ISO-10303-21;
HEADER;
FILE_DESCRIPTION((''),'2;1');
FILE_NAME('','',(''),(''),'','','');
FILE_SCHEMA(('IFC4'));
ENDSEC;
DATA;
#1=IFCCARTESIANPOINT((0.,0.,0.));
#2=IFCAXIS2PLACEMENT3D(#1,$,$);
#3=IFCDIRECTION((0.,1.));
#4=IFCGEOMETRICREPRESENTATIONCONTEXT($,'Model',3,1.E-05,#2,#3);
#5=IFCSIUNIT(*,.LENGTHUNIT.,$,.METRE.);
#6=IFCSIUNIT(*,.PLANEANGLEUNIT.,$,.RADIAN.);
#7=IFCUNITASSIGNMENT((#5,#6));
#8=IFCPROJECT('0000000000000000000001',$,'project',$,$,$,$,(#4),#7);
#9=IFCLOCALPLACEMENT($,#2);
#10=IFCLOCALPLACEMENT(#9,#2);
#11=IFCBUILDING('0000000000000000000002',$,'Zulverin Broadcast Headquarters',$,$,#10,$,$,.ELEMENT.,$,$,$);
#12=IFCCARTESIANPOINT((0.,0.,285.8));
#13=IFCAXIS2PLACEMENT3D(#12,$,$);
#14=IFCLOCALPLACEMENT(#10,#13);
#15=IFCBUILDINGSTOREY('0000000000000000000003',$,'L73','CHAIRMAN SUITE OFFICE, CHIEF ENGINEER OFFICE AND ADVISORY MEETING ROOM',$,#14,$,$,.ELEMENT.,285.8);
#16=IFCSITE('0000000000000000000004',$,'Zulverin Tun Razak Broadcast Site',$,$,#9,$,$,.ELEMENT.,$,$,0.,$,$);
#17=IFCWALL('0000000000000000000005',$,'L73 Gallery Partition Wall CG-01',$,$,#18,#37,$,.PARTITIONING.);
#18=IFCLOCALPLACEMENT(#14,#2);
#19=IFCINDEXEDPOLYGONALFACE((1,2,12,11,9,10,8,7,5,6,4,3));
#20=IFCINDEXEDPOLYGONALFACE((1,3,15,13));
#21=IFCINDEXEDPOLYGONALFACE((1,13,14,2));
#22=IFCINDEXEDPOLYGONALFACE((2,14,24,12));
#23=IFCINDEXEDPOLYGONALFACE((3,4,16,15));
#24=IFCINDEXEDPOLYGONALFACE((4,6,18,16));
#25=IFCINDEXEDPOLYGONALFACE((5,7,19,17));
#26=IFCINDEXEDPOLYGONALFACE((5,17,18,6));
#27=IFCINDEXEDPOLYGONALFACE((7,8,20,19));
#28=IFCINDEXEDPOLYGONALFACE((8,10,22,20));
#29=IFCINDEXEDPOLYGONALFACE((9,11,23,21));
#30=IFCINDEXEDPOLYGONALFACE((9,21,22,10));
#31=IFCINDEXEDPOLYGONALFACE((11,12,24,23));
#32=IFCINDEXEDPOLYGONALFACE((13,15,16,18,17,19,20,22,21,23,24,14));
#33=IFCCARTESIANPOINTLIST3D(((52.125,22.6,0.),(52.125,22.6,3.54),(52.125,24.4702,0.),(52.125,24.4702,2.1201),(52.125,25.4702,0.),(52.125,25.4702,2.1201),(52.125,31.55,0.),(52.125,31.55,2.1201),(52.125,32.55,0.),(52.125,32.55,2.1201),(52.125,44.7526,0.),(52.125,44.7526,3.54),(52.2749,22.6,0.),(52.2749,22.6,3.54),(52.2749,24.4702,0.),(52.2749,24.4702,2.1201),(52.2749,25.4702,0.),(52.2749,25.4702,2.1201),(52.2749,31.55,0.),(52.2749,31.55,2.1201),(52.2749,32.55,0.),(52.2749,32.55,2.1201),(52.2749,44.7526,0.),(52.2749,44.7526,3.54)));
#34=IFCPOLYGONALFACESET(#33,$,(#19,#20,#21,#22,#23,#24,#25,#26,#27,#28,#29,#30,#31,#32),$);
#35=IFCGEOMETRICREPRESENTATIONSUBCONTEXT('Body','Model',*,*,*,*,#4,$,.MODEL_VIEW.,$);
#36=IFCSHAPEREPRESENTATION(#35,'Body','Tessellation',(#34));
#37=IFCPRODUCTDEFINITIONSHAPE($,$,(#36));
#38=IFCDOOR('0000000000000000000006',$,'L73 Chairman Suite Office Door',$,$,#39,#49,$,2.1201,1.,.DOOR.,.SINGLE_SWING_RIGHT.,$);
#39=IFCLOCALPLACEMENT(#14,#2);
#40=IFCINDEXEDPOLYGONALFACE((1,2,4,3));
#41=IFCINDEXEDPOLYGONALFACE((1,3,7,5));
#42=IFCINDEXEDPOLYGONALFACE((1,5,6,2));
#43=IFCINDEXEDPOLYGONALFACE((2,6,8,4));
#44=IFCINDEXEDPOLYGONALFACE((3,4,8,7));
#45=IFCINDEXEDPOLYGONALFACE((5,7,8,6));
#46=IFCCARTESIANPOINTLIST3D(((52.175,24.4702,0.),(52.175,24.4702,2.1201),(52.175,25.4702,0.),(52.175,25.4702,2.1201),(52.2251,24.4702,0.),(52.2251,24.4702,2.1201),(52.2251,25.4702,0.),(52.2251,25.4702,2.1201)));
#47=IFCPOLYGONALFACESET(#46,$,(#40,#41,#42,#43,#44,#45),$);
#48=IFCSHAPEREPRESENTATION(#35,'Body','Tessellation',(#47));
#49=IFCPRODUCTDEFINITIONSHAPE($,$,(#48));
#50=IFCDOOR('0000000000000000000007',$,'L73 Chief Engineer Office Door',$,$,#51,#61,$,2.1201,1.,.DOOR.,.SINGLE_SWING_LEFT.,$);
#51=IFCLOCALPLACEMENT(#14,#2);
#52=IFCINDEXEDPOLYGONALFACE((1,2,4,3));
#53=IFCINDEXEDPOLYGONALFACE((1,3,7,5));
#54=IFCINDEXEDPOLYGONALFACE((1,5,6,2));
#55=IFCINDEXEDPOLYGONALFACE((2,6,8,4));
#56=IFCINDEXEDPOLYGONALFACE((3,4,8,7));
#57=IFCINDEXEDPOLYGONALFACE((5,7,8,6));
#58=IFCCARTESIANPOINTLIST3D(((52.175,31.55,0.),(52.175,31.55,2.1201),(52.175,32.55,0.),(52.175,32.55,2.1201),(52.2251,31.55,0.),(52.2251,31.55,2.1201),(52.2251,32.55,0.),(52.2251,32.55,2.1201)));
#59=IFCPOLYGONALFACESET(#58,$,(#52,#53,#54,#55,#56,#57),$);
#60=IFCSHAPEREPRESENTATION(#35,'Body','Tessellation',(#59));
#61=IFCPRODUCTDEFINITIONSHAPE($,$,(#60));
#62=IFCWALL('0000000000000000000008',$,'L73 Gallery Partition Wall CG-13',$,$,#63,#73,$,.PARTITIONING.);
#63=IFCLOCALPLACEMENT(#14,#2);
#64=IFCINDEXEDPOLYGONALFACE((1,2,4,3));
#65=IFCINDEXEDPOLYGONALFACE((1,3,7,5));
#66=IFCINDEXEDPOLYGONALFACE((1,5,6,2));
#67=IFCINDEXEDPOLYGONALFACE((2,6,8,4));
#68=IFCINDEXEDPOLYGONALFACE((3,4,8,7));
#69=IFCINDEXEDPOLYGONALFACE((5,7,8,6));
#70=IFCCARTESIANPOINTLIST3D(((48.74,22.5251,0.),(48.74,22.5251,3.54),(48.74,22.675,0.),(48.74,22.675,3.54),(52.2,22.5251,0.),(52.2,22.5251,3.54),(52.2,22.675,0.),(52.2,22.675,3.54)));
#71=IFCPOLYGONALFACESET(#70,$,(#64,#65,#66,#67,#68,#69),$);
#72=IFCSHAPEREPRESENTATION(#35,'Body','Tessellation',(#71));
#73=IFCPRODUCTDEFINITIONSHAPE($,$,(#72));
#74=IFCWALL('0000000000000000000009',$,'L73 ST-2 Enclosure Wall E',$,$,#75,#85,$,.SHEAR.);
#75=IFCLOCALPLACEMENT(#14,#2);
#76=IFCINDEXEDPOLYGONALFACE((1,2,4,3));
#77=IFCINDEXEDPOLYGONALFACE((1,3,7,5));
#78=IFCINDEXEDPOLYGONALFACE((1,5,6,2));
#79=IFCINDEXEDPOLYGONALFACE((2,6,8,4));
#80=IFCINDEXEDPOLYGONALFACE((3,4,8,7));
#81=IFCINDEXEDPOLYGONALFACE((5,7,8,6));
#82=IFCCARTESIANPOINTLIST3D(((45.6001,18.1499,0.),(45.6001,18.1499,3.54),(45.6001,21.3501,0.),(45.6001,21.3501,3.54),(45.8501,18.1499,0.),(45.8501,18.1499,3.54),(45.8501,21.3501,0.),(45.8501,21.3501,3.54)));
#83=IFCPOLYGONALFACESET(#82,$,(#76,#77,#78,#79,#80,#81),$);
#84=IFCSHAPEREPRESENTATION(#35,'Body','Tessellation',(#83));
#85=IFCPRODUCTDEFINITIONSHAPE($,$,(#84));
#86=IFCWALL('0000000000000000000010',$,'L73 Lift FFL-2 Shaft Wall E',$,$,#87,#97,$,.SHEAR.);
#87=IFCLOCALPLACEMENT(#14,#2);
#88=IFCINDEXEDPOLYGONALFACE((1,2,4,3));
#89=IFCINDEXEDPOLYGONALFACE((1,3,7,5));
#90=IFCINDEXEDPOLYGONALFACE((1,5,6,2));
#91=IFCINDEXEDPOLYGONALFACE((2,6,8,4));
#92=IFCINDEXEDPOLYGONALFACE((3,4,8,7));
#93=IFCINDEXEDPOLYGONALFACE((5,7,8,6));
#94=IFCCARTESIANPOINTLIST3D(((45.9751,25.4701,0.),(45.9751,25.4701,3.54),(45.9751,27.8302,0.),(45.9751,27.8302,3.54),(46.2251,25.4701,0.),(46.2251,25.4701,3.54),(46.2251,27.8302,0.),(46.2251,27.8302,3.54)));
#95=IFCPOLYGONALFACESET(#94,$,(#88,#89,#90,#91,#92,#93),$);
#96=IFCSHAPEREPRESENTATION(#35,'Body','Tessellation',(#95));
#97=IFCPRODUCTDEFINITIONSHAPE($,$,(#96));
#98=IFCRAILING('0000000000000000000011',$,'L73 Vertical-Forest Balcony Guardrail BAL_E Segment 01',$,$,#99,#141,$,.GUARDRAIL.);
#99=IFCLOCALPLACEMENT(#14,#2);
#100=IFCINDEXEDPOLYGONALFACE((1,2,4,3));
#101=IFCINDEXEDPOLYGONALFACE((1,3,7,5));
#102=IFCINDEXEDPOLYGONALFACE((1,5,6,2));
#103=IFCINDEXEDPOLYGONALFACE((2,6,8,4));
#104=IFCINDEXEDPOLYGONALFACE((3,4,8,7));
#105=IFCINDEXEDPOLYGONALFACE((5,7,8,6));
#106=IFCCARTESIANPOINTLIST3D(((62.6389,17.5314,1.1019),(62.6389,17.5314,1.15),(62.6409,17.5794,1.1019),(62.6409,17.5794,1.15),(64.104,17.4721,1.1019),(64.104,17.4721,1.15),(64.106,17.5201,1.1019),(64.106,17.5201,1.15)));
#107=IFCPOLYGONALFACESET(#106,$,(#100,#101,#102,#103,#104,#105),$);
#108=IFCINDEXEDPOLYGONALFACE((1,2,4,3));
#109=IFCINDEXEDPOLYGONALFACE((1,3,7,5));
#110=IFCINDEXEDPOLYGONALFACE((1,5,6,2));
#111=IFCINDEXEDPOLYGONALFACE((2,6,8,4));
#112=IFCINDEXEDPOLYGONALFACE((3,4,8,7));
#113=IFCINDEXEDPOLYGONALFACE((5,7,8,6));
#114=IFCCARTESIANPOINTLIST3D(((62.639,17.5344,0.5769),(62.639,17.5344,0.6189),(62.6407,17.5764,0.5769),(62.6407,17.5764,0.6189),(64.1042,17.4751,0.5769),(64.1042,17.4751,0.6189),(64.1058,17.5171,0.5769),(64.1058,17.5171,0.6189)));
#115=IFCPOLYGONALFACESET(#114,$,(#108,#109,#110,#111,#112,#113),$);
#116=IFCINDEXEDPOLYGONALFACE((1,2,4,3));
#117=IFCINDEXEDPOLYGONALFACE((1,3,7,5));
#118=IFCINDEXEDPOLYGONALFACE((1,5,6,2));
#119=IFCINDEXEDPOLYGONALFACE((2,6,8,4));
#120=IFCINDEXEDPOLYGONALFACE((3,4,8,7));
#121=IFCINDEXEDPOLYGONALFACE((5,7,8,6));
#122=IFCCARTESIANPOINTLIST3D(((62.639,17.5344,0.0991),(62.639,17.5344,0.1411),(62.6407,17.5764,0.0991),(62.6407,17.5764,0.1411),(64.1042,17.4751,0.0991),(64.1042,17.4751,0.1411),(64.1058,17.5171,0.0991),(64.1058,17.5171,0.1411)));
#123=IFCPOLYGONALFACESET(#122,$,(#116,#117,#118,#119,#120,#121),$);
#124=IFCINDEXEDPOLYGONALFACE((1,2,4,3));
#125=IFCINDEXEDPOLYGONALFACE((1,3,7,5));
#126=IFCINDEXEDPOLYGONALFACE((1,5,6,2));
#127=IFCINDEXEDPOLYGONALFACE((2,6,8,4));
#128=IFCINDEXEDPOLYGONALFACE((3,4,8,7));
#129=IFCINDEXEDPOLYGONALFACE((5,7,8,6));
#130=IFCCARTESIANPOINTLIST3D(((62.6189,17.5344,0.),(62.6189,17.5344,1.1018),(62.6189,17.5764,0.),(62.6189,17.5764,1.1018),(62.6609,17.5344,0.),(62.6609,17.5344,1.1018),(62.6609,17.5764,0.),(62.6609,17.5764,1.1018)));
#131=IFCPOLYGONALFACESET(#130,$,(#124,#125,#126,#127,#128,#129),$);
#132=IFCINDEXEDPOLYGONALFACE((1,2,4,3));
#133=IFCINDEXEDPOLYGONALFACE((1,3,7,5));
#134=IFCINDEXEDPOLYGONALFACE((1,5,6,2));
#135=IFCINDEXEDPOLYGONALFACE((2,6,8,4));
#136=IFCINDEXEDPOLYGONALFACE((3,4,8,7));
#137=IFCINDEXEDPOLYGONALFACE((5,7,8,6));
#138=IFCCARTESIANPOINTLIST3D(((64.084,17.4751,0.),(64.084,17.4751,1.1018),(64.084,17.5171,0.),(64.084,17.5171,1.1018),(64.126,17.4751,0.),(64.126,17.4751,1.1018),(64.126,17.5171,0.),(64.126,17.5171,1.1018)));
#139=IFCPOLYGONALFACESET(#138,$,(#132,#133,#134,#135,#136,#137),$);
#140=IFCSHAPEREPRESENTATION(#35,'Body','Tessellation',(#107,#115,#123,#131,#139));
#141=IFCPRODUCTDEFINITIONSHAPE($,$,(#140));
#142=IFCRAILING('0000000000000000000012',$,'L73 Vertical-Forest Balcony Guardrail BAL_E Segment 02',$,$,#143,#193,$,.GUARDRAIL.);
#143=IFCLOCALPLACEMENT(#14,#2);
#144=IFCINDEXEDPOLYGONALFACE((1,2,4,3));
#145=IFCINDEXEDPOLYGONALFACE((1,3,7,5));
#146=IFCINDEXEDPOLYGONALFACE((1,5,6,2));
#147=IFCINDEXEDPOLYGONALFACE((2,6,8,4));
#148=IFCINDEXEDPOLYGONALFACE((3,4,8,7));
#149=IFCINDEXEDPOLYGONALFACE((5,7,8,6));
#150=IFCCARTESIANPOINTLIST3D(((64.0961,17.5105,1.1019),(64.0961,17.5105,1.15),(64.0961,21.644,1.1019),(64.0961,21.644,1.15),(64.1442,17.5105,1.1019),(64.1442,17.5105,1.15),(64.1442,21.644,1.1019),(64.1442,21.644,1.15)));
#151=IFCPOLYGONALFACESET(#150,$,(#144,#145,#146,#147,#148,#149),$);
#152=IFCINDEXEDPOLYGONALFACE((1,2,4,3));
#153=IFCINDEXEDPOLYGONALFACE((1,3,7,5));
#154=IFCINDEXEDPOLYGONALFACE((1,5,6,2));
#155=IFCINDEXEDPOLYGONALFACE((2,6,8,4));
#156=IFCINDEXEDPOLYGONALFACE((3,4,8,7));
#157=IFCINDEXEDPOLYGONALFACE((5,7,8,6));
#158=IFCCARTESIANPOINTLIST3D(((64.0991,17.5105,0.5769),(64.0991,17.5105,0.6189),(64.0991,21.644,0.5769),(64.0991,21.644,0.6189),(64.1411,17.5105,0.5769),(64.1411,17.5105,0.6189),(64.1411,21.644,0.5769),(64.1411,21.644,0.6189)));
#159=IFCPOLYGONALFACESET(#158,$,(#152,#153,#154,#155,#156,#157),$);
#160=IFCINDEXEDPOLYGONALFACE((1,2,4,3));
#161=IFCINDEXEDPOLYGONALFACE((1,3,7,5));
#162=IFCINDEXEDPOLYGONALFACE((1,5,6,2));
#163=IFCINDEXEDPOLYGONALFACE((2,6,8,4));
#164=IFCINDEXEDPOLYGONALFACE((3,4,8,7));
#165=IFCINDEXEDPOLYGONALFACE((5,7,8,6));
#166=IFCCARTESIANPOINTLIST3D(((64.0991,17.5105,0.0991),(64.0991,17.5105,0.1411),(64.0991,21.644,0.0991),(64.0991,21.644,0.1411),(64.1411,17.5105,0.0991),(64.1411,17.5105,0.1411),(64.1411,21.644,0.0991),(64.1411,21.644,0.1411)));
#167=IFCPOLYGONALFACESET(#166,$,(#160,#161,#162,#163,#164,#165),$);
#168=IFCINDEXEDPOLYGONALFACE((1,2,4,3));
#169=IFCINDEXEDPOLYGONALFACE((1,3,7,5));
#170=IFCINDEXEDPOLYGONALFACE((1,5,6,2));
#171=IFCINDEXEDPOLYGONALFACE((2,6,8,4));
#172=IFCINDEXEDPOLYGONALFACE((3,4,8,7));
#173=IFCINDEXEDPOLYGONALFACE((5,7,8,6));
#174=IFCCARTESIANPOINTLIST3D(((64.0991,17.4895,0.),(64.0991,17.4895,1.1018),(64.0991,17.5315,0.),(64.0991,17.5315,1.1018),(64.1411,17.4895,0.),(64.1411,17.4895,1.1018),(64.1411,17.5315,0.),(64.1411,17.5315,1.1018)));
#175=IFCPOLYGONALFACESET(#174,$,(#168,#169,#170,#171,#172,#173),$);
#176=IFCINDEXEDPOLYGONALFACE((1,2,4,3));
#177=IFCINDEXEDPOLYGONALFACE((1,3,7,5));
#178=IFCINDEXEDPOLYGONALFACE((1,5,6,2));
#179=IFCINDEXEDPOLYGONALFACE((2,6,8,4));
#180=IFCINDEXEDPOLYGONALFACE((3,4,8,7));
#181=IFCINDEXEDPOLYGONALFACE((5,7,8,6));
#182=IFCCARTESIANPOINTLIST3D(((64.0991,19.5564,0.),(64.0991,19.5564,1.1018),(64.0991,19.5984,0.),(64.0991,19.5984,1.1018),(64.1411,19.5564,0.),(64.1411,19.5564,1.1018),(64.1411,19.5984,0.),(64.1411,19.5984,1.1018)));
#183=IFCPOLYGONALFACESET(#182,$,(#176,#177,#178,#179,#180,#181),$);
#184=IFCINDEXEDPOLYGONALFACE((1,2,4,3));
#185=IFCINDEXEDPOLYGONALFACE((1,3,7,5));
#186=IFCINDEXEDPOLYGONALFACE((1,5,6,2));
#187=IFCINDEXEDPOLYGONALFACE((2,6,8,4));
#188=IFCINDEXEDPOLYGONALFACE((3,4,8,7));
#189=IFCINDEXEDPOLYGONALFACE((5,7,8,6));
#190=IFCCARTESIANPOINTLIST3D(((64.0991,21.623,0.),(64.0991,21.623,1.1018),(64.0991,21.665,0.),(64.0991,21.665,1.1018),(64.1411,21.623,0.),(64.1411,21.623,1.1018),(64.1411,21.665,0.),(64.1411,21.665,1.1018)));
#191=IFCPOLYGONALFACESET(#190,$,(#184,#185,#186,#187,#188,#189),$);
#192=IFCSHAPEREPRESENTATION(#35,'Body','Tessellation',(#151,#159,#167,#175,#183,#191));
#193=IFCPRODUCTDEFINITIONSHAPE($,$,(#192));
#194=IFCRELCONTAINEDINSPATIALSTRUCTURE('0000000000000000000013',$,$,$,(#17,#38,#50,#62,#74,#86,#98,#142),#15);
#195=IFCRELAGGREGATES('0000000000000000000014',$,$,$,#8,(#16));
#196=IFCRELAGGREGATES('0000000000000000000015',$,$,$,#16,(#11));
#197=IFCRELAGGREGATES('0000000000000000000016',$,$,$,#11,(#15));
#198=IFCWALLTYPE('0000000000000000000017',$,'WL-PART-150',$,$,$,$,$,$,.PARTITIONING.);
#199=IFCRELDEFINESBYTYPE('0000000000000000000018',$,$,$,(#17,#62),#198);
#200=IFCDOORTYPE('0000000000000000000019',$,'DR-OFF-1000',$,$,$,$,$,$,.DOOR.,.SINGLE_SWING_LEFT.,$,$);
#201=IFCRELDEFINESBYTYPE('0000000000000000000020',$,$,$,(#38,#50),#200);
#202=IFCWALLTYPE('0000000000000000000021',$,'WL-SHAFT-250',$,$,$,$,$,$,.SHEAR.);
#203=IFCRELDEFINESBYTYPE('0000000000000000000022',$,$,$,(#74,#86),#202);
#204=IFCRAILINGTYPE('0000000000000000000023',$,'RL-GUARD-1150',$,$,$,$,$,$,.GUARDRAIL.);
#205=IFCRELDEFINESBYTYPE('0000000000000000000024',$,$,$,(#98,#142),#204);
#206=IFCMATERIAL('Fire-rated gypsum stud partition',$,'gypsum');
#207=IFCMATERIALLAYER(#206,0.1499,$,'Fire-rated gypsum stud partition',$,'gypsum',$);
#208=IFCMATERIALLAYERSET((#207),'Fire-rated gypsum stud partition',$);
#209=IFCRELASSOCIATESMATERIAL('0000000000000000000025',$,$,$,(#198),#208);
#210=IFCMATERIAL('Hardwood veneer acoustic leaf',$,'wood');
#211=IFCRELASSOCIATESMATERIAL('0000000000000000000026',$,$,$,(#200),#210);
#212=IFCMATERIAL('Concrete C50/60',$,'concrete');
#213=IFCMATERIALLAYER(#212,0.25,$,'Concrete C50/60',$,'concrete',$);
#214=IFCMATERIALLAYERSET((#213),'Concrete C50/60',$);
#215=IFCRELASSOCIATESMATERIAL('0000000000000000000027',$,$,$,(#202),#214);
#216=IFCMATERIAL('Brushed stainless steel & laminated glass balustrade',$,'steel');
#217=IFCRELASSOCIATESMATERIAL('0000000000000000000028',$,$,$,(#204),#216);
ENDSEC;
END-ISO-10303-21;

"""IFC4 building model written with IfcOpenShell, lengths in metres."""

from ifc_helpers import new_model, si_unit, direction, frame, frame_2d, origin, origin_2d, place, context, subcontext, project, spatial, rectangle, extrude, material, layer, layer_set, type_object, element, fill, save


model = new_model("IFC4")

# Units and contexts
model_context = context("Model", 3, precision=1e-05, world=origin(), true_north=direction((0.0, 1.0)))
body_context = subcontext(model_context, "Body", "Model", "MODEL_VIEW")
ifc_project = project(units=[si_unit("LENGTHUNIT", "METRE"), si_unit("PLANEANGLEUNIT", "RADIAN")], contexts=[model_context])

# Site, building, storey
site_placement = place(None, origin())
site = spatial("IfcSite", under=ifc_project, at=site_placement, Name="Zulverin Tun Razak Broadcast Site", CompositionType="ELEMENT", RefElevation=0.0)
building_placement = place(site_placement, origin())
building = spatial("IfcBuilding", under=site, at=building_placement, Name="Zulverin Broadcast Headquarters", CompositionType="ELEMENT")
storey_placement = place(building_placement, frame((0.0, 0.0, 285.8)))
storey = spatial("IfcBuildingStorey", under=building, at=storey_placement, Name="L73", Description="CHAIRMAN SUITE OFFICE, CHIEF ENGINEER OFFICE AND ADVISORY MEETING ROOM", CompositionType="ELEMENT", Elevation=285.8)

# Shared definitions
ifc_material_1 = material(Name="Concrete C50/60", Category="concrete")

# Wall, openings, doors
ifc_material_2 = material(Name="Fire-rated gypsum stud partition", Category="gypsum")
ifc_layer_1 = layer(ifc_material_2, 0.1499, Name="Fire-rated gypsum stud partition", Category="gypsum")
ifc_layer_set_1 = layer_set([ifc_layer_1], Name="Fire-rated gypsum stud partition")
wall_type_1 = type_object("IfcWallType", Name="WL-PART-150", PredefinedType="PARTITIONING", material=ifc_layer_set_1)
wall_1_placement = place(storey_placement, frame((52.2, 22.6001, 0.0), z_axis=(0.0, 0.0, 1.0), x_axis=(0.0, 1.0, 0.0)))
wall_1 = element("IfcWall", 1, at=wall_1_placement, inside=storey, type_object=wall_type_1, Name="L73 Gallery Partition Wall CG-01", PredefinedType="PARTITIONING", context=body_context, shape_type="SweptSolid", body=[
    extrude(rectangle(XDim=22.1526, YDim=0.1499, at=frame_2d((11.0762, 0.0))), origin(), (0.0, 0.0, 1.0), 3.54),
])
opening_1_placement = place(wall_1_placement, frame((1.8701, 0.0, 0.0)))
opening_1 = element("IfcOpeningElement", 2, at=opening_1_placement, cuts=wall_1, PredefinedType="OPENING", context=body_context, shape_type="SweptSolid", body=[
    extrude(rectangle(XDim=1.0, YDim=2.1201, at=frame_2d((0.5, 1.0601))), frame((0.0, 0.085, 0.0), z_axis=(0.0, -1.0, 0.0), x_axis=(1.0, 0.0, 0.0)), (0.0, 0.0, 1.0), 0.1699),
])
opening_2_placement = place(wall_1_placement, frame((8.95, 0.0, 0.0)))
opening_2 = element("IfcOpeningElement", 3, at=opening_2_placement, cuts=wall_1, PredefinedType="OPENING", context=body_context, shape_type="SweptSolid", body=[
    extrude(rectangle(XDim=1.0, YDim=2.1201, at=frame_2d((0.5, 1.0601))), frame((0.0, 0.085, 0.0), z_axis=(0.0, -1.0, 0.0), x_axis=(1.0, 0.0, 0.0)), (0.0, 0.0, 1.0), 0.1699),
])
ifc_material_3 = material(Name="Hardwood veneer acoustic leaf", Category="wood")
door_type_1 = type_object("IfcDoorType", Name="DR-OFF-1000", OperationType="SINGLE_SWING_LEFT", PredefinedType="DOOR", material=ifc_material_3)
door_1_placement = place(opening_1_placement, origin())
door_1 = element("IfcDoor", 4, at=door_1_placement, inside=storey, type_object=door_type_1, Name="L73 Chairman Suite Office Door", OperationType="SINGLE_SWING_RIGHT", OverallHeight=2.1201, OverallWidth=1.0, PredefinedType="DOOR", context=body_context, shape_type="SweptSolid", body=[
    extrude(rectangle(XDim=1.0, YDim=2.1201, at=frame_2d((0.5, 1.0601))), frame((0.0, 0.0249, 0.0), z_axis=(0.0, -1.0, 0.0), x_axis=(1.0, 0.0, 0.0)), (0.0, 0.0, 1.0), 0.05),
])
fill(opening_1, door_1)
door_2_placement = place(opening_2_placement, origin())
door_2 = element("IfcDoor", 5, at=door_2_placement, inside=storey, type_object=door_type_1, Name="L73 Chief Engineer Office Door", OperationType="SINGLE_SWING_LEFT", OverallHeight=2.1201, OverallWidth=1.0, PredefinedType="DOOR", context=body_context, shape_type="SweptSolid", body=[
    extrude(rectangle(XDim=1.0, YDim=2.1201, at=frame_2d((0.5, 1.0601))), frame((0.0, 0.0249, 0.0), z_axis=(0.0, -1.0, 0.0), x_axis=(1.0, 0.0, 0.0)), (0.0, 0.0, 1.0), 0.05),
])
fill(opening_2, door_2)

# Walls
wall_2_placement = place(storey_placement, frame((48.74, 22.6001, 0.0), z_axis=(0.0, 0.0, 1.0), x_axis=(1.0, 0.0, 0.0)))
element("IfcWall", 6, at=wall_2_placement, inside=storey, type_object=wall_type_1, Name="L73 Gallery Partition Wall CG-13", PredefinedType="PARTITIONING", context=body_context, shape_type="SweptSolid", body=[
    extrude(rectangle(XDim=3.46, YDim=0.1499, at=frame_2d((1.73, 0.0))), origin(), (0.0, 0.0, 1.0), 3.54),
])
ifc_layer_2 = layer(ifc_material_1, 0.25, Name="Concrete C50/60", Category="concrete")
ifc_layer_set_2 = layer_set([ifc_layer_2], Name="Concrete C50/60")
wall_type_2 = type_object("IfcWallType", Name="WL-SHAFT-250", PredefinedType="SHEAR", material=ifc_layer_set_2)
wall_3_placement = place(storey_placement, frame((45.7251, 18.1499, 0.0), z_axis=(0.0, 0.0, 1.0), x_axis=(0.0, 1.0, 0.0)))
element("IfcWall", 7, at=wall_3_placement, inside=storey, type_object=wall_type_2, Name="L73 ST-2 Enclosure Wall E", PredefinedType="SHEAR", context=body_context, shape_type="SweptSolid", body=[
    extrude(rectangle(XDim=3.2002, YDim=0.25, at=frame_2d((1.6001, 0.0))), origin(), (0.0, 0.0, 1.0), 3.54),
])
wall_4_placement = place(storey_placement, frame((46.1001, 25.47, 0.0), z_axis=(0.0, 0.0, 1.0), x_axis=(0.0, 1.0, 0.0)))
element("IfcWall", 8, at=wall_4_placement, inside=storey, type_object=wall_type_2, Name="L73 Lift FFL-2 Shaft Wall E", PredefinedType="SHEAR", context=body_context, shape_type="SweptSolid", body=[
    extrude(rectangle(XDim=2.3601, YDim=0.25, at=frame_2d((1.1802, 0.0))), origin(), (0.0, 0.0, 1.0), 3.54),
])

# Railings
ifc_material_4 = material(Name="Brushed stainless steel & laminated glass balustrade", Category="steel")
railing_type = type_object("IfcRailingType", Name="RL-GUARD-1150", PredefinedType="GUARDRAIL", material=ifc_material_4)
railing_1_placement = place(storey_placement, frame((62.6399, 17.5554, 0.0)))
element("IfcRailing", 9, at=railing_1_placement, inside=storey, type_object=railing_type, Name="L73 Vertical-Forest Balcony Guardrail BAL_E Segment 01", PredefinedType="GUARDRAIL", context=body_context, shape_type="SweptSolid", body=[
    extrude(rectangle(XDim=0.0481, YDim=0.0481, at=origin_2d()), frame((0.0, 0.0, 1.126), z_axis=(0.999181, -0.04046, 0.0), x_axis=(0.04046, 0.999181, 0.0)), (0.0, 0.0, 1.0), 1.4663),
    extrude(rectangle(XDim=0.042, YDim=0.042, at=origin_2d()), frame((0.0, 0.0, 0.5979), z_axis=(0.999181, -0.04046, 0.0), x_axis=(0.04046, 0.999181, 0.0)), (0.0, 0.0, 1.0), 1.4663),
    extrude(rectangle(XDim=0.042, YDim=0.042, at=origin_2d()), frame((0.0, 0.0, 0.1201), z_axis=(0.999181, -0.04046, 0.0), x_axis=(0.04046, 0.999181, 0.0)), (0.0, 0.0, 1.0), 1.4663),
    extrude(rectangle(XDim=0.042, YDim=0.042, at=origin_2d()), origin(), (0.0, 0.0, 1.0), 1.1018),
    extrude(rectangle(XDim=0.042, YDim=0.042, at=origin_2d()), frame((1.4651, -0.0593, 0.0)), (0.0, 0.0, 1.0), 1.1018),
])
railing_2_placement = place(storey_placement, frame((64.1201, 17.5105, 0.0)))
element("IfcRailing", 10, at=railing_2_placement, inside=storey, type_object=railing_type, Name="L73 Vertical-Forest Balcony Guardrail BAL_E Segment 02", PredefinedType="GUARDRAIL", context=body_context, shape_type="SweptSolid", body=[
    extrude(rectangle(XDim=0.0481, YDim=0.0481, at=origin_2d()), frame((0.0, 0.0, 1.126), z_axis=(0.0, 1.0, 0.0), x_axis=(-1.0, 0.0, 0.0)), (0.0, 0.0, 1.0), 4.1335),
    extrude(rectangle(XDim=0.042, YDim=0.042, at=origin_2d()), frame((0.0, 0.0, 0.5979), z_axis=(0.0, 1.0, 0.0), x_axis=(-1.0, 0.0, 0.0)), (0.0, 0.0, 1.0), 4.1335),
    extrude(rectangle(XDim=0.042, YDim=0.042, at=origin_2d()), frame((0.0, 0.0, 0.1201), z_axis=(0.0, 1.0, 0.0), x_axis=(-1.0, 0.0, 0.0)), (0.0, 0.0, 1.0), 4.1335),
    extrude(rectangle(XDim=0.042, YDim=0.042, at=origin_2d()), origin(), (0.0, 0.0, 1.0), 1.1018),
    extrude(rectangle(XDim=0.042, YDim=0.042, at=origin_2d()), frame((0.0, 2.0669, 0.0)), (0.0, 0.0, 1.0), 1.1018),
    extrude(rectangle(XDim=0.042, YDim=0.042, at=origin_2d()), frame((0.0, 4.1335, 0.0)), (0.0, 0.0, 1.0), 1.1018),
])

save(model, "model.ifc")
